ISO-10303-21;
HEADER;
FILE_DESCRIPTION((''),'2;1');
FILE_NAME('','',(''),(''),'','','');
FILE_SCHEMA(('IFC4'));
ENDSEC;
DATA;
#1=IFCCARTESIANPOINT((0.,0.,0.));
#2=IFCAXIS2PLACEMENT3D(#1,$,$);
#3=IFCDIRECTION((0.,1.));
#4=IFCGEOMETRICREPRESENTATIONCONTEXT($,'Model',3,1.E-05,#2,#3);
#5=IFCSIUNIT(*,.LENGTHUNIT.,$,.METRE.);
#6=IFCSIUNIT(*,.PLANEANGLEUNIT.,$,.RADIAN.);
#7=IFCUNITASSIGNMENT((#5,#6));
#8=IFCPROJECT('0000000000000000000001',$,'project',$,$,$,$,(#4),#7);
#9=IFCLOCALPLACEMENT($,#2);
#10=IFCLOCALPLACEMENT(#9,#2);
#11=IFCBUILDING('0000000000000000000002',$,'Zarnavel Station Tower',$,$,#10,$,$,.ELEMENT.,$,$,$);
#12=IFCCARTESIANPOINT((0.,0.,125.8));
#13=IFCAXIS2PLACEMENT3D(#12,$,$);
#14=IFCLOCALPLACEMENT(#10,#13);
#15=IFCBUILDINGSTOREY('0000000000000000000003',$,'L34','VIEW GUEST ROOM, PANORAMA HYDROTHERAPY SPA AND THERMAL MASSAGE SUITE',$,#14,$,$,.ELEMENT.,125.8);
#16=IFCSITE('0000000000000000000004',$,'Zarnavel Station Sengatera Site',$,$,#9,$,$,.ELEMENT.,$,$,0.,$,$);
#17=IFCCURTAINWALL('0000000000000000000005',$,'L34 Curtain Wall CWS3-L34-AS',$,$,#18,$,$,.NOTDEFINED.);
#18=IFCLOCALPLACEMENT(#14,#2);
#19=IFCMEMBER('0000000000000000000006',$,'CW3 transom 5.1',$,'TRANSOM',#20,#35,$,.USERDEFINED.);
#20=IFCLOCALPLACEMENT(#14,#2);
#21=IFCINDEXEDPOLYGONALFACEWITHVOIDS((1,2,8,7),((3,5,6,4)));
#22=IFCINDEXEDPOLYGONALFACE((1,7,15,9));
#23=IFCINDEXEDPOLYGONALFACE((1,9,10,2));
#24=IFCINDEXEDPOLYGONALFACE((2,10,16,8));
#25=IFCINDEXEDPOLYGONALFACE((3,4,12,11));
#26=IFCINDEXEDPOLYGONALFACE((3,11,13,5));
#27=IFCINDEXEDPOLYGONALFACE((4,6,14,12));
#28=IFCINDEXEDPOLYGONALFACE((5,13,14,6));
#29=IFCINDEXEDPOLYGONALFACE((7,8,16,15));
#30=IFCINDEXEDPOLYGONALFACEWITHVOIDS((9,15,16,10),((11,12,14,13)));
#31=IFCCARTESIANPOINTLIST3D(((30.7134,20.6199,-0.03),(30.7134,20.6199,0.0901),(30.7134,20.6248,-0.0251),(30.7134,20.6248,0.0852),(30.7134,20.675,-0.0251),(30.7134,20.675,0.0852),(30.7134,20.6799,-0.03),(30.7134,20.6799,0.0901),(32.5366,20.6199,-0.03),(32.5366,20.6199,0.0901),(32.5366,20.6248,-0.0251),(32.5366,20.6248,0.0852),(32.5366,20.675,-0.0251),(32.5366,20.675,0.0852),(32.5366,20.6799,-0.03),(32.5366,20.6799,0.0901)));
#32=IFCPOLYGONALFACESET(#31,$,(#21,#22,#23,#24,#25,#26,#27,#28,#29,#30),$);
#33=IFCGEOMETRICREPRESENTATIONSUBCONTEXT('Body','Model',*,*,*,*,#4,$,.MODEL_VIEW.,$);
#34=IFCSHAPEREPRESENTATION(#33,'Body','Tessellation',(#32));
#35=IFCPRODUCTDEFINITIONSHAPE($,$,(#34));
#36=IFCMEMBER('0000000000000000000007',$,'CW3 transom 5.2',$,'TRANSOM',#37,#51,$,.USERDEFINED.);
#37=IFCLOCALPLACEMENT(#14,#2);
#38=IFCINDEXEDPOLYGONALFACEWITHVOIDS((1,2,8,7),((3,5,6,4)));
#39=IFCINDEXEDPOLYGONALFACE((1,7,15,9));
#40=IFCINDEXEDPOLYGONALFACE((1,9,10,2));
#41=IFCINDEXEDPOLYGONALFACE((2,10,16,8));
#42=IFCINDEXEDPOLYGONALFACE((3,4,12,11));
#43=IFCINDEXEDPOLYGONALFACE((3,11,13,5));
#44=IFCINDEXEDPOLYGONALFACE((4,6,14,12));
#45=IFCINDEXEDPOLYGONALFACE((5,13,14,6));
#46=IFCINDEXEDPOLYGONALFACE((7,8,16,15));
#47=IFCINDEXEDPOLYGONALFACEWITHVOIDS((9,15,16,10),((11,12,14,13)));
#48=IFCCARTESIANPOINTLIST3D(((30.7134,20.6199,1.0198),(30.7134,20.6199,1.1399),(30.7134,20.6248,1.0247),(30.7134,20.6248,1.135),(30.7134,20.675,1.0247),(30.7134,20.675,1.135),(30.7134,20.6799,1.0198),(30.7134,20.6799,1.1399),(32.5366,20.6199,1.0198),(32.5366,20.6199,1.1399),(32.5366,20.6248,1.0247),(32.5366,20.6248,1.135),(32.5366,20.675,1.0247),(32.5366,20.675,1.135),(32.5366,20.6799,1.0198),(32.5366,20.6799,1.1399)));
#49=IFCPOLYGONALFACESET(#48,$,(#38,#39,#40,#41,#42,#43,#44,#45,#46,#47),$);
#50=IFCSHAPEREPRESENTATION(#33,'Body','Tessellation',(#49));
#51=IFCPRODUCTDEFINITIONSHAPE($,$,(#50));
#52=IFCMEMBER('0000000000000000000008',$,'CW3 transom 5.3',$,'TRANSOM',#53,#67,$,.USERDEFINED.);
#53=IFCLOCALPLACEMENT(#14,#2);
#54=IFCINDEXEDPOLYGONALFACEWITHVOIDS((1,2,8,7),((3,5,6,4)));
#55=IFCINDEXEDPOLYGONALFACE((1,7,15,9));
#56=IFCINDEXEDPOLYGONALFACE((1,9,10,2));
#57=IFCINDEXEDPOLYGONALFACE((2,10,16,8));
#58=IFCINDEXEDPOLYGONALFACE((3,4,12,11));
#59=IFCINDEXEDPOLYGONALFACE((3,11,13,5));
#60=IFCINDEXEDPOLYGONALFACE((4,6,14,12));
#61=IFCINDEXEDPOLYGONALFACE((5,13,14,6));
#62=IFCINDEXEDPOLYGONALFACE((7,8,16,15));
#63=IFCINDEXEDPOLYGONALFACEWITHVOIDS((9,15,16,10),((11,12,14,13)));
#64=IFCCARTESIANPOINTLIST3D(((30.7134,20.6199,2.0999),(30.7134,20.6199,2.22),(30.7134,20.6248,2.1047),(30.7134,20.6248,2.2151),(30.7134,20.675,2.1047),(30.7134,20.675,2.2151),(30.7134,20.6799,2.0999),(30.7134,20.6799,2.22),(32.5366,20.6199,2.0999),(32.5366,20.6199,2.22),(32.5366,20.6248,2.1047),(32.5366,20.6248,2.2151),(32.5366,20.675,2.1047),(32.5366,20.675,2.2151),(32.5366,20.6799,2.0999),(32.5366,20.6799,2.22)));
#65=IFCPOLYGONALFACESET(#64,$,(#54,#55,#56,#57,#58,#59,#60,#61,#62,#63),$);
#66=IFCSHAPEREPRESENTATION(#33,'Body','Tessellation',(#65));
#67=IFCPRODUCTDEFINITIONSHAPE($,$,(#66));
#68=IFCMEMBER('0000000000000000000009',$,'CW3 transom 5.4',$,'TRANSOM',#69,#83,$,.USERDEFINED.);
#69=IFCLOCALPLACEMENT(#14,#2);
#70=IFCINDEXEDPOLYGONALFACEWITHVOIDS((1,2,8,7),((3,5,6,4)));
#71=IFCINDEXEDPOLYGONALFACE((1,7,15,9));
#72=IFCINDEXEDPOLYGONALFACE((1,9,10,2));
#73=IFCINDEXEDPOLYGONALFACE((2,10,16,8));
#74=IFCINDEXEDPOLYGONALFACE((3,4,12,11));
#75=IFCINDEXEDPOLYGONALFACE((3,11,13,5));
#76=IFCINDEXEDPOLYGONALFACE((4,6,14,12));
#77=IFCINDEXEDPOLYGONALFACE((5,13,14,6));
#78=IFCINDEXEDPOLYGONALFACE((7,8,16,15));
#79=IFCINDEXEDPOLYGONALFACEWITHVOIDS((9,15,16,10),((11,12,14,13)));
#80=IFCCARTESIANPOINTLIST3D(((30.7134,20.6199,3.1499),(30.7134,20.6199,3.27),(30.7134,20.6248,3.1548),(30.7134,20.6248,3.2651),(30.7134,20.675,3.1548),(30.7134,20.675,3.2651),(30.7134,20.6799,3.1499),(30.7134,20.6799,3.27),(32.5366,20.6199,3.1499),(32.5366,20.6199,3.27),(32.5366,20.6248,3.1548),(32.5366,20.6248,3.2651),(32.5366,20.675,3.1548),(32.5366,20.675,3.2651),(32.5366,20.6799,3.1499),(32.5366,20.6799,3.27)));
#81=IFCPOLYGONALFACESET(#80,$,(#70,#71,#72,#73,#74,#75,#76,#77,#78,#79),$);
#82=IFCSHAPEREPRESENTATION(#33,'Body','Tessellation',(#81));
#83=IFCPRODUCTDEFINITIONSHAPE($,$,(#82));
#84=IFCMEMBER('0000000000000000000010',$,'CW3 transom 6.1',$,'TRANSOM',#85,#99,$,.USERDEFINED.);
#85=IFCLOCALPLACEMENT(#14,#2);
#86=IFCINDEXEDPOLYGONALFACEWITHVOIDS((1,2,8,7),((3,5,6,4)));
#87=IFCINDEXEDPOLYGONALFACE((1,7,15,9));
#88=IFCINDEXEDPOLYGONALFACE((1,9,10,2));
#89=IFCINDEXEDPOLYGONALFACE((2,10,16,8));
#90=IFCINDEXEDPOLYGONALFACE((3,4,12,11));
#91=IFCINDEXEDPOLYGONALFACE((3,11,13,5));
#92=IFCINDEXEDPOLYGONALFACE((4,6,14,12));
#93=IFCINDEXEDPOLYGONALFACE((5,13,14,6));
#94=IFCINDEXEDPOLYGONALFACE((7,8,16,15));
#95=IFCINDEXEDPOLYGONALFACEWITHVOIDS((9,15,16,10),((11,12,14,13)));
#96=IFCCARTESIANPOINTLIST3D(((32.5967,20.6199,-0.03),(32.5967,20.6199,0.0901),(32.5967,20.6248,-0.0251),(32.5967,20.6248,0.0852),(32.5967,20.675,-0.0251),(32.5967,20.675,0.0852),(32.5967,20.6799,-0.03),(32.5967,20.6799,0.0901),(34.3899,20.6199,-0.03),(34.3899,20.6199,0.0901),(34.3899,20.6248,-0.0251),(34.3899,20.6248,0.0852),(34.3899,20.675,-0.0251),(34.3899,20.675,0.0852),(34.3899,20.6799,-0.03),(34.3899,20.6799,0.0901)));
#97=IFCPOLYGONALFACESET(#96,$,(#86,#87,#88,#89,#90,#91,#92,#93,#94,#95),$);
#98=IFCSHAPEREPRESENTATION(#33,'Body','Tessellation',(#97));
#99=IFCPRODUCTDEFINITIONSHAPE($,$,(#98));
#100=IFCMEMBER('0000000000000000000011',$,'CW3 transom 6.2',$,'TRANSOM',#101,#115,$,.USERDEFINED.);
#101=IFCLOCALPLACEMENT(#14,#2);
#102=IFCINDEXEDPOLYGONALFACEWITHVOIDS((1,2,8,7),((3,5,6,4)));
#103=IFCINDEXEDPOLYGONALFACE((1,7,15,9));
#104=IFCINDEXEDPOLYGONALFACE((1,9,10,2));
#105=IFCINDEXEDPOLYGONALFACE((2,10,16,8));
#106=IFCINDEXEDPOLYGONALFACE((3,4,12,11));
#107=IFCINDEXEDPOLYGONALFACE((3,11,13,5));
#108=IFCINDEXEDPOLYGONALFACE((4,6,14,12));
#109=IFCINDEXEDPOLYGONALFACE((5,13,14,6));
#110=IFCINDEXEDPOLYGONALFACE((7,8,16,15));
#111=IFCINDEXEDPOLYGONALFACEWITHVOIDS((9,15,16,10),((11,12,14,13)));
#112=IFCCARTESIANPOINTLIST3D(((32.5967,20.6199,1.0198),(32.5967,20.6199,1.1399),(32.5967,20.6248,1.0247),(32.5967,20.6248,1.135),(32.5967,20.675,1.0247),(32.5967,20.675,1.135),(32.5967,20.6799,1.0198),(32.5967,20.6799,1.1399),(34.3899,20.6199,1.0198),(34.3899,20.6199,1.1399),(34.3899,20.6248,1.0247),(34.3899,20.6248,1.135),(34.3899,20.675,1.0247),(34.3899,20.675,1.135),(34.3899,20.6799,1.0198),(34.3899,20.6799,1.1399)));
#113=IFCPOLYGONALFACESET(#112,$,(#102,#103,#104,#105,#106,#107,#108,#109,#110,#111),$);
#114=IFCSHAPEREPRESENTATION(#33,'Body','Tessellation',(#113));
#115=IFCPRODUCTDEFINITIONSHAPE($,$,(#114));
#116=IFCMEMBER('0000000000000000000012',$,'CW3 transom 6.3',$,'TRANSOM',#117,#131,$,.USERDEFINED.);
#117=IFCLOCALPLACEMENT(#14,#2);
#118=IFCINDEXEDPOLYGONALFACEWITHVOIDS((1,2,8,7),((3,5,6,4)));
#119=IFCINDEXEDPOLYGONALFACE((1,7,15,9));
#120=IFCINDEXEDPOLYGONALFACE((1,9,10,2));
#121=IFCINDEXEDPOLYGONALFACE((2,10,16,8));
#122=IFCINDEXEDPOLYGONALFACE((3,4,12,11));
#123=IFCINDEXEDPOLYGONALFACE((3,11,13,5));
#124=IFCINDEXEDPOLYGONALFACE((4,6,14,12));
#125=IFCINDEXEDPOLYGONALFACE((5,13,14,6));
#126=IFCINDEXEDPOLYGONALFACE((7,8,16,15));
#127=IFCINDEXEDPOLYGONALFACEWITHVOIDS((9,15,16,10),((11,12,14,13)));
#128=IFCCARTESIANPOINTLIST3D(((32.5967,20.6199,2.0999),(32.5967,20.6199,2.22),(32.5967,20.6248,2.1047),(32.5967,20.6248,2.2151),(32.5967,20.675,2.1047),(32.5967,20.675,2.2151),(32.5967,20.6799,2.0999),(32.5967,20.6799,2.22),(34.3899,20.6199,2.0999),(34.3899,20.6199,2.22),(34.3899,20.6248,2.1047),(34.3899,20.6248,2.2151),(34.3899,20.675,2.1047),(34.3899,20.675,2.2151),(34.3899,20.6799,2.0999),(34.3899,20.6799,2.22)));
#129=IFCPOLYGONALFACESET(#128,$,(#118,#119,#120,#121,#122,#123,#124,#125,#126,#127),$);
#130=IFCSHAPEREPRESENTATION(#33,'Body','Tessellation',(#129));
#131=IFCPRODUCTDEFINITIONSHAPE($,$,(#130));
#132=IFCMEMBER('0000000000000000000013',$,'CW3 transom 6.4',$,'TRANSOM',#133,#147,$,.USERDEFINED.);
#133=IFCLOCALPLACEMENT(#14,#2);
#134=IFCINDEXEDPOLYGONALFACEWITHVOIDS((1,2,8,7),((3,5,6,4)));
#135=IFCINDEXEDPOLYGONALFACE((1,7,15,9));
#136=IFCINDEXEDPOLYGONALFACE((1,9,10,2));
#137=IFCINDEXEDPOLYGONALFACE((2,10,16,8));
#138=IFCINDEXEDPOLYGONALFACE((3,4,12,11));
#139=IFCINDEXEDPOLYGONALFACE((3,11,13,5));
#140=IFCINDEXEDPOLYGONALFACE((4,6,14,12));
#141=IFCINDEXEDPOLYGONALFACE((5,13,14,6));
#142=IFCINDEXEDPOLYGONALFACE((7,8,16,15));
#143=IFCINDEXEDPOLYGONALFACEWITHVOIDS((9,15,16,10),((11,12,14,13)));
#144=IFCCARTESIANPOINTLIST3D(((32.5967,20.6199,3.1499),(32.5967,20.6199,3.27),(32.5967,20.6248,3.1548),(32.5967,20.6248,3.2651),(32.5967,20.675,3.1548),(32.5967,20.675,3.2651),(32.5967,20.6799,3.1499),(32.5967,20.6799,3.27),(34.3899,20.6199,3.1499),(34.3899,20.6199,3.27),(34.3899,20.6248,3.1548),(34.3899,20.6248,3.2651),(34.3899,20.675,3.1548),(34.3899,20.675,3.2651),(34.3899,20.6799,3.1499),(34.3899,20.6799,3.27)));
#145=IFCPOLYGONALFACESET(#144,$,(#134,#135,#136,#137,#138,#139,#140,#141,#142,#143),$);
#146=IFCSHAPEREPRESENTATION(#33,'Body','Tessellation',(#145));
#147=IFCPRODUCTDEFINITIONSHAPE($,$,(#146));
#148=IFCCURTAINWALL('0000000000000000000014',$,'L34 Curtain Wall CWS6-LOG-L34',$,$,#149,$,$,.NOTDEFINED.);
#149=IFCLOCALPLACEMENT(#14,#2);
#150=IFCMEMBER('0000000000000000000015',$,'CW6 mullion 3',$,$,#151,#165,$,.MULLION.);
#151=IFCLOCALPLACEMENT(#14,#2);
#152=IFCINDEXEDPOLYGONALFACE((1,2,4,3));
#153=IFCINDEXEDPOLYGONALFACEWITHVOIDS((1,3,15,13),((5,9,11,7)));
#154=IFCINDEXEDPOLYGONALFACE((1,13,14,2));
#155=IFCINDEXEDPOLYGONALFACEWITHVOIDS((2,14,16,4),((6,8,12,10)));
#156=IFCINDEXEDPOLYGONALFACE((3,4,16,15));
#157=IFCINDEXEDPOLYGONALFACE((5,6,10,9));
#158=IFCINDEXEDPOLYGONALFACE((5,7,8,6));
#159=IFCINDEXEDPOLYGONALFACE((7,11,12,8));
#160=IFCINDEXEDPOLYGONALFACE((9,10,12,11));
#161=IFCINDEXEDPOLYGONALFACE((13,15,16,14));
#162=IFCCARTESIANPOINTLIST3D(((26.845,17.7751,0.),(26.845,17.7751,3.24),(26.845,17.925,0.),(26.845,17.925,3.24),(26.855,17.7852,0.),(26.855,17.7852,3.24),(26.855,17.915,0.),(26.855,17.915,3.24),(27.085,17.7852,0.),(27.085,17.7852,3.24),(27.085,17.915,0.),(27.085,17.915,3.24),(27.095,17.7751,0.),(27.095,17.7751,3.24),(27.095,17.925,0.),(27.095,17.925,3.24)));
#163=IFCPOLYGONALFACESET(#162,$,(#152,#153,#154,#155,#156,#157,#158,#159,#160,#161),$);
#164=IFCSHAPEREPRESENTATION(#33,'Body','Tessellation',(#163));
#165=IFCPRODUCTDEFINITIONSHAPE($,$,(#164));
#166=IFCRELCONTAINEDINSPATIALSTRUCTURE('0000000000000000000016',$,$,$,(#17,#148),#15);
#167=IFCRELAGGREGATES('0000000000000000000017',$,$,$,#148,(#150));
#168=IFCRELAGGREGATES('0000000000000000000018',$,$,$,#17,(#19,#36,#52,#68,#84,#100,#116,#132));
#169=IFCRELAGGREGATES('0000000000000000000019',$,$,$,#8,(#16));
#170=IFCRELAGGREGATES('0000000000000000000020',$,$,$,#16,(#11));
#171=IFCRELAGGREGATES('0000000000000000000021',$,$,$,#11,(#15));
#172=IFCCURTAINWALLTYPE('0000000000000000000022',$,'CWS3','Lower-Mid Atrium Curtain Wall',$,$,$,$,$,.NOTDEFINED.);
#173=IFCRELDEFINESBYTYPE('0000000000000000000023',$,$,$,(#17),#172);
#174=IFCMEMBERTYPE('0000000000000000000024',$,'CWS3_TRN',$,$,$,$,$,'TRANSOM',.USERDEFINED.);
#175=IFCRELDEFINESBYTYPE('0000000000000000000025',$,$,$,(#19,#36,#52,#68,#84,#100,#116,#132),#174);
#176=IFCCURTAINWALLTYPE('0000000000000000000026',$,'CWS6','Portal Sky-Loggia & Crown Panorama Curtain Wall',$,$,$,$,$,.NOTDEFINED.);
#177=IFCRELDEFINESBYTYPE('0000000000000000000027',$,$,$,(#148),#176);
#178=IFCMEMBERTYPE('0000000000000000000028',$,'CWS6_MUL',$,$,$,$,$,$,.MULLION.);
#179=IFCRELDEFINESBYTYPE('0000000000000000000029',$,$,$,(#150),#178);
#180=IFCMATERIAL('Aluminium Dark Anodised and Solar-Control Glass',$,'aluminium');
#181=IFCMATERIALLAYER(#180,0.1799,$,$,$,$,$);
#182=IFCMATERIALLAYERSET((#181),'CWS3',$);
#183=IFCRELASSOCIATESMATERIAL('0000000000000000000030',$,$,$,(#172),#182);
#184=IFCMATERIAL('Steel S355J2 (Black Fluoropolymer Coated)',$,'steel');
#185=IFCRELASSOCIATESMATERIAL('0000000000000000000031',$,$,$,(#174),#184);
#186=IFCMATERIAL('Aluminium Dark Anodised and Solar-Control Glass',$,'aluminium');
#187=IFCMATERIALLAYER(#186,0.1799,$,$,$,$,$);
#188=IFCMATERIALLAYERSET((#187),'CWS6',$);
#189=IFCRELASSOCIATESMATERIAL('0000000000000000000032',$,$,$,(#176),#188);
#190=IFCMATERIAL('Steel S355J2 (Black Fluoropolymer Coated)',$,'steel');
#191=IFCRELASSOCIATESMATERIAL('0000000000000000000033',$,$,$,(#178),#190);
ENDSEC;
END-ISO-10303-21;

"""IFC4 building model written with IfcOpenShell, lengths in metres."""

from ifc_helpers import new_model, si_unit, direction, frame, origin, origin_2d, place, context, subcontext, project, spatial, hollow_rectangle, extrude, material, layer, layer_set, material_profile, profile_set, type_object, element, aggregate, save


model = new_model("IFC4")

# Units and contexts
model_context = context("Model", 3, precision=1e-05, world=origin(), true_north=direction((0.0, 1.0)))
body_context = subcontext(model_context, "Body", "Model", "MODEL_VIEW")
ifc_project = project(units=[si_unit("LENGTHUNIT", "METRE"), si_unit("PLANEANGLEUNIT", "RADIAN")], contexts=[model_context])

# Site, building, storey
site_placement = place(None, origin())
site = spatial("IfcSite", under=ifc_project, at=site_placement, Name="Zarnavel Station Sengatera Site", CompositionType="ELEMENT", RefElevation=0.0)
building_placement = place(site_placement, origin())
building = spatial("IfcBuilding", under=site, at=building_placement, Name="Zarnavel Station Tower", CompositionType="ELEMENT")
storey_placement = place(building_placement, frame((0.0, 0.0, 125.8)))
storey = spatial("IfcBuildingStorey", under=building, at=storey_placement, Name="L34", Description="VIEW GUEST ROOM, PANORAMA HYDROTHERAPY SPA AND THERMAL MASSAGE SUITE", CompositionType="ELEMENT", Elevation=125.8)

# Curtain wall, members
ifc_material_1 = material(Name="Aluminium Dark Anodised and Solar-Control Glass", Category="aluminium")
ifc_layer_1 = layer(ifc_material_1, 0.1799)
ifc_layer_set_1 = layer_set([ifc_layer_1], Name="CWS3")
curtain_wall_type_1 = type_object("IfcCurtainWallType", Name="CWS3", Description="Lower-Mid Atrium Curtain Wall", PredefinedType="NOTDEFINED", material=ifc_layer_set_1)
curtain_wall_1_placement = place(storey_placement, origin())
curtain_wall_1 = element("IfcCurtainWall", 1, at=curtain_wall_1_placement, inside=storey, type_object=curtain_wall_type_1, Name="L34 Curtain Wall CWS3-L34-AS", PredefinedType="NOTDEFINED")
ifc_material_2 = material(Name="Steel S355J2 (Black Fluoropolymer Coated)", Category="steel")
ifc_material_profile_1 = material_profile(ifc_material_2, hollow_rectangle(XDim=0.0601, YDim=0.1201, WallThickness=0.0049, at=origin_2d()), Name="RHS120x60x5")
ifc_profile_set_1 = profile_set([ifc_material_profile_1], Name="Steel S355J2 (Black Fluoropolymer Coated)")
member_type_1 = type_object("IfcMemberType", Name="CWS3_TRN", ElementType="TRANSOM", PredefinedType="USERDEFINED", material=ifc_profile_set_1)
member_1_placement = place(storey_placement, frame((30.7134, 20.6499, 0.03), z_axis=(1.0, 0.0, 0.0), x_axis=(0.0, 1.0, 0.0)))
member_1 = element("IfcMember", 2, at=member_1_placement, type_object=member_type_1, Name="CW3 transom 5.1", ObjectType="TRANSOM", PredefinedType="USERDEFINED", context=body_context, shape_type="SweptSolid", body=[
    extrude(hollow_rectangle(XDim=0.0601, YDim=0.1201, WallThickness=0.0049, at=origin_2d()), origin(), (0.0, 0.0, 1.0), 1.8232),
])
member_2_placement = place(storey_placement, frame((30.7134, 20.6499, 1.0798), z_axis=(1.0, 0.0, 0.0), x_axis=(0.0, 1.0, 0.0)))
member_2 = element("IfcMember", 3, at=member_2_placement, type_object=member_type_1, Name="CW3 transom 5.2", ObjectType="TRANSOM", PredefinedType="USERDEFINED", context=body_context, shape_type="SweptSolid", body=[
    extrude(hollow_rectangle(XDim=0.0601, YDim=0.1201, WallThickness=0.0049, at=origin_2d()), origin(), (0.0, 0.0, 1.0), 1.8232),
])
member_3_placement = place(storey_placement, frame((30.7134, 20.6499, 2.1599), z_axis=(1.0, 0.0, 0.0), x_axis=(0.0, 1.0, 0.0)))
member_3 = element("IfcMember", 4, at=member_3_placement, type_object=member_type_1, Name="CW3 transom 5.3", ObjectType="TRANSOM", PredefinedType="USERDEFINED", context=body_context, shape_type="SweptSolid", body=[
    extrude(hollow_rectangle(XDim=0.0601, YDim=0.1201, WallThickness=0.0049, at=origin_2d()), origin(), (0.0, 0.0, 1.0), 1.8232),
])
member_4_placement = place(storey_placement, frame((30.7134, 20.6499, 3.21), z_axis=(1.0, 0.0, 0.0), x_axis=(0.0, 1.0, 0.0)))
member_4 = element("IfcMember", 5, at=member_4_placement, type_object=member_type_1, Name="CW3 transom 5.4", ObjectType="TRANSOM", PredefinedType="USERDEFINED", context=body_context, shape_type="SweptSolid", body=[
    extrude(hollow_rectangle(XDim=0.0601, YDim=0.1201, WallThickness=0.0049, at=origin_2d()), origin(), (0.0, 0.0, 1.0), 1.8232),
])
member_5_placement = place(storey_placement, frame((32.5967, 20.6499, 0.03), z_axis=(1.0, 0.0, 0.0), x_axis=(0.0, 1.0, 0.0)))
member_5 = element("IfcMember", 6, at=member_5_placement, type_object=member_type_1, Name="CW3 transom 6.1", ObjectType="TRANSOM", PredefinedType="USERDEFINED", context=body_context, shape_type="SweptSolid", body=[
    extrude(hollow_rectangle(XDim=0.0601, YDim=0.1201, WallThickness=0.0049, at=origin_2d()), origin(), (0.0, 0.0, 1.0), 1.7932),
])
member_6_placement = place(storey_placement, frame((32.5967, 20.6499, 1.0798), z_axis=(1.0, 0.0, 0.0), x_axis=(0.0, 1.0, 0.0)))
member_6 = element("IfcMember", 7, at=member_6_placement, type_object=member_type_1, Name="CW3 transom 6.2", ObjectType="TRANSOM", PredefinedType="USERDEFINED", context=body_context, shape_type="SweptSolid", body=[
    extrude(hollow_rectangle(XDim=0.0601, YDim=0.1201, WallThickness=0.0049, at=origin_2d()), origin(), (0.0, 0.0, 1.0), 1.7932),
])
member_7_placement = place(storey_placement, frame((32.5967, 20.6499, 2.1599), z_axis=(1.0, 0.0, 0.0), x_axis=(0.0, 1.0, 0.0)))
member_7 = element("IfcMember", 8, at=member_7_placement, type_object=member_type_1, Name="CW3 transom 6.3", ObjectType="TRANSOM", PredefinedType="USERDEFINED", context=body_context, shape_type="SweptSolid", body=[
    extrude(hollow_rectangle(XDim=0.0601, YDim=0.1201, WallThickness=0.0049, at=origin_2d()), origin(), (0.0, 0.0, 1.0), 1.7932),
])
member_8_placement = place(storey_placement, frame((32.5967, 20.6499, 3.21), z_axis=(1.0, 0.0, 0.0), x_axis=(0.0, 1.0, 0.0)))
member_8 = element("IfcMember", 9, at=member_8_placement, type_object=member_type_1, Name="CW3 transom 6.4", ObjectType="TRANSOM", PredefinedType="USERDEFINED", context=body_context, shape_type="SweptSolid", body=[
    extrude(hollow_rectangle(XDim=0.0601, YDim=0.1201, WallThickness=0.0049, at=origin_2d()), origin(), (0.0, 0.0, 1.0), 1.7932),
])

# Curtain wall, member
ifc_material_3 = material(Name="Aluminium Dark Anodised and Solar-Control Glass", Category="aluminium")
ifc_layer_2 = layer(ifc_material_3, 0.1799)
ifc_layer_set_2 = layer_set([ifc_layer_2], Name="CWS6")
curtain_wall_type_2 = type_object("IfcCurtainWallType", Name="CWS6", Description="Portal Sky-Loggia & Crown Panorama Curtain Wall", PredefinedType="NOTDEFINED", material=ifc_layer_set_2)
curtain_wall_2_placement = place(storey_placement, origin())
curtain_wall_2 = element("IfcCurtainWall", 10, at=curtain_wall_2_placement, inside=storey, type_object=curtain_wall_type_2, Name="L34 Curtain Wall CWS6-LOG-L34", PredefinedType="NOTDEFINED")
ifc_material_4 = material(Name="Steel S355J2 (Black Fluoropolymer Coated)", Category="steel")
ifc_material_profile_2 = material_profile(ifc_material_4, hollow_rectangle(XDim=0.1499, YDim=0.25, WallThickness=0.01, at=origin_2d()), Name="RHS250x150x10")
ifc_profile_set_2 = profile_set([ifc_material_profile_2], Name="Steel S355J2 (Black Fluoropolymer Coated)")
member_type_2 = type_object("IfcMemberType", Name="CWS6_MUL", PredefinedType="MULLION", material=ifc_profile_set_2)
member_9_placement = place(storey_placement, frame((26.97, 17.8501, 0.0), z_axis=(0.0, 0.0, 1.0), x_axis=(0.0, 1.0, 0.0)))
member_9 = element("IfcMember", 11, at=member_9_placement, type_object=member_type_2, Name="CW6 mullion 3", PredefinedType="MULLION", context=body_context, shape_type="SweptSolid", body=[
    extrude(hollow_rectangle(XDim=0.1499, YDim=0.25, WallThickness=0.01, at=origin_2d()), origin(), (0.0, 0.0, 1.0), 3.24),
])
aggregate(curtain_wall_2, [member_9])

aggregate(curtain_wall_1, [member_1, member_2, member_3, member_4, member_5, member_6, member_7, member_8])

save(model, "model.ifc")
